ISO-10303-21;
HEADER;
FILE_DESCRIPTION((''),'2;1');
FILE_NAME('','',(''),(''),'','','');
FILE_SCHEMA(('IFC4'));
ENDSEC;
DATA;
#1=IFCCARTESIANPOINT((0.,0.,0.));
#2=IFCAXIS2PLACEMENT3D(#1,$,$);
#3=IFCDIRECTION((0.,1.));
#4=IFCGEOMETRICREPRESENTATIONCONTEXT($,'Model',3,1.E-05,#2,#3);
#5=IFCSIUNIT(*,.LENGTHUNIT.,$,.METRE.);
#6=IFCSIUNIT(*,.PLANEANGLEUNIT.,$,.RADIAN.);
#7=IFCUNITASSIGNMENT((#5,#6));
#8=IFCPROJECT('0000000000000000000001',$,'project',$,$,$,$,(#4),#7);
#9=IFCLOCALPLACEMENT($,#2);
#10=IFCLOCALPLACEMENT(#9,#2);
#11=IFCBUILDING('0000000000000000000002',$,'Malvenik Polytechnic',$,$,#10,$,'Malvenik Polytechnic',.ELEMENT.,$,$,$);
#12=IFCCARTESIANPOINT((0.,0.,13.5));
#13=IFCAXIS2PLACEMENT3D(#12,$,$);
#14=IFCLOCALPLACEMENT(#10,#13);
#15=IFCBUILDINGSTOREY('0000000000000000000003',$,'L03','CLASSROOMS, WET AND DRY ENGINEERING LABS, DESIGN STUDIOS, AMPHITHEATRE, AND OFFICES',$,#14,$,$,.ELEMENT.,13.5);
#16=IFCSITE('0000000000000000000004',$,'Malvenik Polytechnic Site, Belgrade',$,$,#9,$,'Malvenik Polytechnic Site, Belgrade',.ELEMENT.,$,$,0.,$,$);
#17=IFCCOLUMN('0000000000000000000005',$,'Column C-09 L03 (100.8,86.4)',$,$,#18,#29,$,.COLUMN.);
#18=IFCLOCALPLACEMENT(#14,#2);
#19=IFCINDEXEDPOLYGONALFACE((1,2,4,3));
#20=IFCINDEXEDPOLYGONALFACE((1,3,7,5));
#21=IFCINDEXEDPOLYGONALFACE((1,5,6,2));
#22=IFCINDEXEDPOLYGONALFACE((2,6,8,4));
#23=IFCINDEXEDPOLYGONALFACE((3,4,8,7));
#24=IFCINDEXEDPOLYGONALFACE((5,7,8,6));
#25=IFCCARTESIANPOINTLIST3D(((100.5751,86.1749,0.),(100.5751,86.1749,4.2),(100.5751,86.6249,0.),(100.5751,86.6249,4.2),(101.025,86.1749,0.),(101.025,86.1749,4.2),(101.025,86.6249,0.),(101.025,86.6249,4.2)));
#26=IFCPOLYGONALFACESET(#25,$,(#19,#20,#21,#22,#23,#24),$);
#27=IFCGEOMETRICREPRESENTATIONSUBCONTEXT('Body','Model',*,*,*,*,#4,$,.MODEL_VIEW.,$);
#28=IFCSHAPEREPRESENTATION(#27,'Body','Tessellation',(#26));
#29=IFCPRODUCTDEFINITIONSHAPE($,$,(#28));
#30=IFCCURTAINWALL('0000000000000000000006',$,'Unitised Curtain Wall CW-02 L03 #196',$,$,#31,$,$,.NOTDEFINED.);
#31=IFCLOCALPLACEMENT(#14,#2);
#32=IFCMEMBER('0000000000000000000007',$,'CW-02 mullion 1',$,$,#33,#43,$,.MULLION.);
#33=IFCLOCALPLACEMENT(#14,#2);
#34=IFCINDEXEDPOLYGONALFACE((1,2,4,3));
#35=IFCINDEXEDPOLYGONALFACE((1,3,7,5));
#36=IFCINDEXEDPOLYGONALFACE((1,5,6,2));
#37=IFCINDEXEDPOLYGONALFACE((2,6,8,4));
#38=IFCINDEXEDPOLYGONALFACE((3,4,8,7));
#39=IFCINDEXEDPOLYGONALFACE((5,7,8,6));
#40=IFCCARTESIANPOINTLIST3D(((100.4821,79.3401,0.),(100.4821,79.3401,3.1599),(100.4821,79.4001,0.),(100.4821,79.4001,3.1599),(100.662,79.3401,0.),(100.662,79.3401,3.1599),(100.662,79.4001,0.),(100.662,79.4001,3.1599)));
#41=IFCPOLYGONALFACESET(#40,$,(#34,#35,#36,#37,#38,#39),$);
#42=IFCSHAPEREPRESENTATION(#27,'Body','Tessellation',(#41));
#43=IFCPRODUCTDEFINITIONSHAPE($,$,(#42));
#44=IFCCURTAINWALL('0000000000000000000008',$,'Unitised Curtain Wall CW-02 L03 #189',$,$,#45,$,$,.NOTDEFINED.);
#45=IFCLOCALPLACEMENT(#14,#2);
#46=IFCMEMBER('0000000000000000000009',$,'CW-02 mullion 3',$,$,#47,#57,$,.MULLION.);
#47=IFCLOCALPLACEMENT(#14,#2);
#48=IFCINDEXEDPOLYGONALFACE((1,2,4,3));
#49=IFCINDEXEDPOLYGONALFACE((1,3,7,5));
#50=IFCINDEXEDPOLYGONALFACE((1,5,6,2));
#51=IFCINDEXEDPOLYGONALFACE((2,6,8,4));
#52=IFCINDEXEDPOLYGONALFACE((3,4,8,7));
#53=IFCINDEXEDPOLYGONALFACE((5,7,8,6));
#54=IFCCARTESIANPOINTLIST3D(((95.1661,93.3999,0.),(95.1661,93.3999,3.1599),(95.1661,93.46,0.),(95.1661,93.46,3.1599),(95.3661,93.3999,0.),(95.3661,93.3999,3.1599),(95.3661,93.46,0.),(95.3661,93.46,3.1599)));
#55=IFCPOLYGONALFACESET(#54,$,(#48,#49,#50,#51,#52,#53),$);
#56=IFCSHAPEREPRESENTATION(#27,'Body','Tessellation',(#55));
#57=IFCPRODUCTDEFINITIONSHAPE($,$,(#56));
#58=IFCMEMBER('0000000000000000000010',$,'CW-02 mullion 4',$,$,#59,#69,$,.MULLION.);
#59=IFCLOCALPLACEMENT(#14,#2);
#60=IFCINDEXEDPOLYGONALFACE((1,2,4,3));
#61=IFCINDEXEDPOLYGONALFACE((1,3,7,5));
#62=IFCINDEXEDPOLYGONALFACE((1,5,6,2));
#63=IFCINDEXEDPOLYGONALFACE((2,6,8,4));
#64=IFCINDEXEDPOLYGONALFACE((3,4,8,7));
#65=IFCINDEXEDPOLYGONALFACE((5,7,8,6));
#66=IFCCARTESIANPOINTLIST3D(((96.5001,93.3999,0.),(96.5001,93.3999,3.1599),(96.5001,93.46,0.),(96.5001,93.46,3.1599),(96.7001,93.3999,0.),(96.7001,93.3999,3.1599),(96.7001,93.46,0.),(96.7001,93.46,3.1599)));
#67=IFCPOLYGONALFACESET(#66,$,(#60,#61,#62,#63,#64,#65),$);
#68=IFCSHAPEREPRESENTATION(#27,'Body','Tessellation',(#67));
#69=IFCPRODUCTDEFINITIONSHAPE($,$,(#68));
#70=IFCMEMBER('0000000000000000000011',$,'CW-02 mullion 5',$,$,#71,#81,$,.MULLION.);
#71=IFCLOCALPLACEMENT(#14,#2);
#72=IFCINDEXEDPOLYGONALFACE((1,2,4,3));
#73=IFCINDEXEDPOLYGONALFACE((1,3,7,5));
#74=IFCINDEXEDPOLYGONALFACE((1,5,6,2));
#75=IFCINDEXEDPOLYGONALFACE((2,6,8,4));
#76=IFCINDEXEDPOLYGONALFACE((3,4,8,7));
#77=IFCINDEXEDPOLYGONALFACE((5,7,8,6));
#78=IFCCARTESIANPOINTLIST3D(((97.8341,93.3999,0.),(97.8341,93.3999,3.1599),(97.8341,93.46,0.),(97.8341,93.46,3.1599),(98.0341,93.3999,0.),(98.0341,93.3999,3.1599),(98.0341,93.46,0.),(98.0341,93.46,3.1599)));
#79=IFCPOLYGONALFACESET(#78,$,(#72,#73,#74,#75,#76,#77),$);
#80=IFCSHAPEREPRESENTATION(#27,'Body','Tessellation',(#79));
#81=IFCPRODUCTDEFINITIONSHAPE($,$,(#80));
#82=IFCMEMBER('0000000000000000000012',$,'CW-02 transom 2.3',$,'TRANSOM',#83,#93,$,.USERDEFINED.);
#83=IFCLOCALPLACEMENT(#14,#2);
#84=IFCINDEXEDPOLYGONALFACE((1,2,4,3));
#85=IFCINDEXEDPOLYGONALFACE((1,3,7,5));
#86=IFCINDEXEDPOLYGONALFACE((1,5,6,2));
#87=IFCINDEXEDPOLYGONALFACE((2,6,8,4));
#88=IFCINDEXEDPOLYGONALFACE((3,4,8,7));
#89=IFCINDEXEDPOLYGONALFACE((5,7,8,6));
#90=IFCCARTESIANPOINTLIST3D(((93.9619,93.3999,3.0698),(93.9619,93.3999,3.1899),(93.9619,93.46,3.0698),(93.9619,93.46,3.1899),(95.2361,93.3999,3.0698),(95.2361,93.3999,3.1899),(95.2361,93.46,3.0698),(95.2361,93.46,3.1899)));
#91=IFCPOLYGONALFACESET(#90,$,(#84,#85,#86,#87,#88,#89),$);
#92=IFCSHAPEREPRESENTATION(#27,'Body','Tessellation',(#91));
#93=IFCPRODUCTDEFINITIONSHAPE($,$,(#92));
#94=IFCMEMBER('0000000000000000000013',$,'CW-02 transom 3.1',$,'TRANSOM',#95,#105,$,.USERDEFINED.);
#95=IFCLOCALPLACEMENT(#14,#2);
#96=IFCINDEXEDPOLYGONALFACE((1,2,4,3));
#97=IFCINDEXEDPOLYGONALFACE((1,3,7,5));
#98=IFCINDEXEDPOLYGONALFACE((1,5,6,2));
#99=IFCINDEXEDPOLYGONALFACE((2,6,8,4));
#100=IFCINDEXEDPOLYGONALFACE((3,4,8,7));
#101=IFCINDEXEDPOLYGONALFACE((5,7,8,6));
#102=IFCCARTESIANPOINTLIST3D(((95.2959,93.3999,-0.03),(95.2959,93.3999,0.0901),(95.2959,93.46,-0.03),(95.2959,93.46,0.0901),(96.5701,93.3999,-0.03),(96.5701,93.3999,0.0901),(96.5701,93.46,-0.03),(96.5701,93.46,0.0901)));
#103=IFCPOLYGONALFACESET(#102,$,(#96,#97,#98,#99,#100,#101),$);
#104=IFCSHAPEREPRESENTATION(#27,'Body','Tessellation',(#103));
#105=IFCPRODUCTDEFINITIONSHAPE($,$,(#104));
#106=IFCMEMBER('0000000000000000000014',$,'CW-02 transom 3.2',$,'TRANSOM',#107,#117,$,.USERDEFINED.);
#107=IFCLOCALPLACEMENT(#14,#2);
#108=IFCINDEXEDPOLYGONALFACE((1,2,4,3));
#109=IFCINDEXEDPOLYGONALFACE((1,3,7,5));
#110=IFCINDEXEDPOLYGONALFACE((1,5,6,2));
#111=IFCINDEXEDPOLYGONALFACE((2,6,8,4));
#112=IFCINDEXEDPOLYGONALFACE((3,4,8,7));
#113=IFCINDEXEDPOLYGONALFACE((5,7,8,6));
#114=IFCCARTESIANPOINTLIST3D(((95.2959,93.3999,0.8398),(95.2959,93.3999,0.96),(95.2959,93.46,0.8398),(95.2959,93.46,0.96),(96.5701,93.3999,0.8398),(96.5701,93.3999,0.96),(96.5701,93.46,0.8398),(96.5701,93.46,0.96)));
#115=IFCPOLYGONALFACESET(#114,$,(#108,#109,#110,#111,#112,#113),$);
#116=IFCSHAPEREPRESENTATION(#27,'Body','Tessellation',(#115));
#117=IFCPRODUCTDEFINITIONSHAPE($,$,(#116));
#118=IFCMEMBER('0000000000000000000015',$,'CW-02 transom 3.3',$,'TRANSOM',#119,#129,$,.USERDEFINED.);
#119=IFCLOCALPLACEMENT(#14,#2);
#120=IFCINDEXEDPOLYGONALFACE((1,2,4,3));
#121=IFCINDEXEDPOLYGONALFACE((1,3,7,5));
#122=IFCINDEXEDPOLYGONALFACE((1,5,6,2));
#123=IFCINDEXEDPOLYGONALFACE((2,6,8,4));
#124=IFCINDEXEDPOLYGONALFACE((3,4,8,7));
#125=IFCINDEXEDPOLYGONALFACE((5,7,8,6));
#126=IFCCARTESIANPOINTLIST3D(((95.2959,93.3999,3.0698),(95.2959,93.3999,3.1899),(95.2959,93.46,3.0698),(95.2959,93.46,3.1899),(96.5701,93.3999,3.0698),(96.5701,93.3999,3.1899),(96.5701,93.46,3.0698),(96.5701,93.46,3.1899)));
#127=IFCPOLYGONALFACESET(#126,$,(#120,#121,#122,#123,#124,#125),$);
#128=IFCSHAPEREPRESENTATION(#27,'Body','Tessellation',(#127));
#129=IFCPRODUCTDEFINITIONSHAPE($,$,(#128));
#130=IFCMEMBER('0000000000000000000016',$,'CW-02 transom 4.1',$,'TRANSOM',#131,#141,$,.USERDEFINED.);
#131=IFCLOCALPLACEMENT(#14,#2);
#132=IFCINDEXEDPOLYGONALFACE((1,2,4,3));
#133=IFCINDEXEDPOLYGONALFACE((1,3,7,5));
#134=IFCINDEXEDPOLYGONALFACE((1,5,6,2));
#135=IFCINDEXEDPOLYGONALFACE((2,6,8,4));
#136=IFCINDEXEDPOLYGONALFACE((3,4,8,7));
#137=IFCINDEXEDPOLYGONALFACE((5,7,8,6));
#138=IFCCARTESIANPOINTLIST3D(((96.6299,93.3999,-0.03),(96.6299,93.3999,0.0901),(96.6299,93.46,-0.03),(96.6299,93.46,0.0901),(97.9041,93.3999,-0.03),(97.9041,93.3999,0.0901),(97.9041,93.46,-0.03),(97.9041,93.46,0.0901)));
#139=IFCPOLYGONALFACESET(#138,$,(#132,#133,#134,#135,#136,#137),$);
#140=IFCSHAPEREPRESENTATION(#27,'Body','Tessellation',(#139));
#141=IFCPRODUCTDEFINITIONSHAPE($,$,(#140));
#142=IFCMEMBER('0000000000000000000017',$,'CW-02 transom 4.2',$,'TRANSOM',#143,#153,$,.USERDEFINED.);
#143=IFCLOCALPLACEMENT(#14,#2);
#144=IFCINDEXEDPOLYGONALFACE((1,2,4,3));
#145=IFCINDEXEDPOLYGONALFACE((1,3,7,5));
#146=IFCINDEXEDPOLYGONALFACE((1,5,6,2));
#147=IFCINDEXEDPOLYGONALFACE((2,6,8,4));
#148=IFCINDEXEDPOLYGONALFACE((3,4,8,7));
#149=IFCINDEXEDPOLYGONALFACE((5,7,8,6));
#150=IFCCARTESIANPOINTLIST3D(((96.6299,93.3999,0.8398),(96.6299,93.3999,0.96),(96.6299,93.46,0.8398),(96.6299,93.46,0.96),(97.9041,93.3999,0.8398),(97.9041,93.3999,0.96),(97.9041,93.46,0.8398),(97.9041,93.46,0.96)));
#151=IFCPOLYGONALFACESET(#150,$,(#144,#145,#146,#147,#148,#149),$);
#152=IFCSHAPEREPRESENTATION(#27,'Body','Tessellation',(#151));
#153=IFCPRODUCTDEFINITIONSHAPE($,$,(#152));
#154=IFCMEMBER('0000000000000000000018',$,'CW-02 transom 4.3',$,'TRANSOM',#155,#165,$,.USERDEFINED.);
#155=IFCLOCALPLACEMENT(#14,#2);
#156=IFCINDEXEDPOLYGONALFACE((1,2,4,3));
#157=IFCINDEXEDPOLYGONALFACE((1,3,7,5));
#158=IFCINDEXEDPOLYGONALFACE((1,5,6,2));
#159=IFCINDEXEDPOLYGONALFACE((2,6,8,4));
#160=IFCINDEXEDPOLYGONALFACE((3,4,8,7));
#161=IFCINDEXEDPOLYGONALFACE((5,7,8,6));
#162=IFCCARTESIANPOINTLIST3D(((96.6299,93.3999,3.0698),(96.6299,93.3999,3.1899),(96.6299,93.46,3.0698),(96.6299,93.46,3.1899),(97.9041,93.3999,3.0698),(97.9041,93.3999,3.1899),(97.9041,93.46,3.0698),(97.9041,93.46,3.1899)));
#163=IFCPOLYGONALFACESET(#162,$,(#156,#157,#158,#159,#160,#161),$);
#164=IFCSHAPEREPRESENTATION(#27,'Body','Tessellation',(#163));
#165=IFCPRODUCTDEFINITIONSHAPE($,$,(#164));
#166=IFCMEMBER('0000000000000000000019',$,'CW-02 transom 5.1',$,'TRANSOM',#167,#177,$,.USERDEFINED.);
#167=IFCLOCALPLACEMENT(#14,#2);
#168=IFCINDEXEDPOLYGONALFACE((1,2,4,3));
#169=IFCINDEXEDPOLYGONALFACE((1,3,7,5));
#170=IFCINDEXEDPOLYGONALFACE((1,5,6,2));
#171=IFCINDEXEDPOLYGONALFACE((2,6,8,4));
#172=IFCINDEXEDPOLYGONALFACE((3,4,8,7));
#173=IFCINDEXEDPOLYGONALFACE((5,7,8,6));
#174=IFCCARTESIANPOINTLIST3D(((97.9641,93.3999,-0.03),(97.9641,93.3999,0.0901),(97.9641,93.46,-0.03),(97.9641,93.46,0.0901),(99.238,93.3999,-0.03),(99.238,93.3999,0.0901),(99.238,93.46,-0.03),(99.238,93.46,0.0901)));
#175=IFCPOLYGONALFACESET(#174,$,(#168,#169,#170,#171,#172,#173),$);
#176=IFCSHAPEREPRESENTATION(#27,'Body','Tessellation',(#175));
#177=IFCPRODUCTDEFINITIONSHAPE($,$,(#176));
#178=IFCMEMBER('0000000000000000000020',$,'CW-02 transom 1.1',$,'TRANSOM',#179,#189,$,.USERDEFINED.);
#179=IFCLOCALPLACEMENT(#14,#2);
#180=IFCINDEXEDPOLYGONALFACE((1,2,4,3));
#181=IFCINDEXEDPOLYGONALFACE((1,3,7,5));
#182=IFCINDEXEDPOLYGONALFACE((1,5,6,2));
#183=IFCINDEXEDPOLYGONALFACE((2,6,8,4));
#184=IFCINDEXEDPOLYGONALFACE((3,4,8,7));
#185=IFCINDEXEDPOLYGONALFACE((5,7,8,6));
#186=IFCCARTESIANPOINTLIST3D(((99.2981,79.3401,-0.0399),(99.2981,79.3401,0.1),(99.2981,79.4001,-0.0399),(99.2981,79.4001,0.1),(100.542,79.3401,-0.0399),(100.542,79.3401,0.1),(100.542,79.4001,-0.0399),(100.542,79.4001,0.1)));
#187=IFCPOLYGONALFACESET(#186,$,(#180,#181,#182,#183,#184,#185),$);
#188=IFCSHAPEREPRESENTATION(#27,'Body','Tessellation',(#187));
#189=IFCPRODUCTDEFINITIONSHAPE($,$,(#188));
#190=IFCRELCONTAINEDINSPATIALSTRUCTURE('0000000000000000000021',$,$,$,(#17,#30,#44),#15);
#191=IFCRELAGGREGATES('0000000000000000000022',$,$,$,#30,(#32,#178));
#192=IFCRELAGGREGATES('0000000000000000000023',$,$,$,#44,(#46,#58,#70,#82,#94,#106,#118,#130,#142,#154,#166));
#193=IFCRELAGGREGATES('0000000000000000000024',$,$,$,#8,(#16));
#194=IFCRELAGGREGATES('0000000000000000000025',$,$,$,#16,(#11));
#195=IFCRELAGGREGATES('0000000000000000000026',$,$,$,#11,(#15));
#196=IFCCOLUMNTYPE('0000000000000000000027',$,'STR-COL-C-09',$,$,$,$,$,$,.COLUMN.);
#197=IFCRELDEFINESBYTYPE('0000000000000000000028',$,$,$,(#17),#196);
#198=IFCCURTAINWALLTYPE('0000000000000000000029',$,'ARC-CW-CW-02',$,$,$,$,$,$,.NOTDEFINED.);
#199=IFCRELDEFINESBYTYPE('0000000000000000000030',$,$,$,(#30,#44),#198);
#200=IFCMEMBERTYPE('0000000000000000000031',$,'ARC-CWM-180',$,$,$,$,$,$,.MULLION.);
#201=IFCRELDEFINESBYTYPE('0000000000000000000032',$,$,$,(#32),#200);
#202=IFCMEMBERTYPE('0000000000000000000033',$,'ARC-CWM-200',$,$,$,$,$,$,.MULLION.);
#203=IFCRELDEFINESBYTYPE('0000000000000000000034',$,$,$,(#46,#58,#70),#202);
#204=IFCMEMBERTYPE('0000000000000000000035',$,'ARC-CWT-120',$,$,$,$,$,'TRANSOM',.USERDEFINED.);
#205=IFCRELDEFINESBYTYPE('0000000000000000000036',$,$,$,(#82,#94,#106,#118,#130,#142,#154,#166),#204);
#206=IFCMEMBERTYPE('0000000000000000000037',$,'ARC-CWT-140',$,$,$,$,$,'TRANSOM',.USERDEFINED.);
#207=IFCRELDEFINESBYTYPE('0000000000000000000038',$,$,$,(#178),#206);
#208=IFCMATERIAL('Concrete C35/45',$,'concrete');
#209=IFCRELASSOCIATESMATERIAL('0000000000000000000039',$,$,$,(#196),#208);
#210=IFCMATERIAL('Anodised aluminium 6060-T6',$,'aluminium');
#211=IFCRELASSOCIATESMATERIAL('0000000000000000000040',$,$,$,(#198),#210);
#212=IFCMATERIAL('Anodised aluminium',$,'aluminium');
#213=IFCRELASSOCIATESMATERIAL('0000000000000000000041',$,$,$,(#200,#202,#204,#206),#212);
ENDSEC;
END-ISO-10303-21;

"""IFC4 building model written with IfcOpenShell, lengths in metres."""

from ifc_helpers import new_model, si_unit, direction, frame, origin, origin_2d, place, context, subcontext, project, spatial, rectangle, extrude, material, material_profile, profile_set, type_object, element, aggregate, save


model = new_model("IFC4")

# Units and contexts
model_context = context("Model", 3, precision=1e-05, world=origin(), true_north=direction((0.0, 1.0)))
body_context = subcontext(model_context, "Body", "Model", "MODEL_VIEW")
ifc_project = project(units=[si_unit("LENGTHUNIT", "METRE"), si_unit("PLANEANGLEUNIT", "RADIAN")], contexts=[model_context])

# Site, building, storey
site_placement = place(None, origin())
site = spatial("IfcSite", under=ifc_project, at=site_placement, Name="Malvenik Polytechnic Site, Belgrade", LongName="Malvenik Polytechnic Site, Belgrade", CompositionType="ELEMENT", RefElevation=0.0)
building_placement = place(site_placement, origin())
building = spatial("IfcBuilding", under=site, at=building_placement, Name="Malvenik Polytechnic", LongName="Malvenik Polytechnic", CompositionType="ELEMENT")
storey_placement = place(building_placement, frame((0.0, 0.0, 13.5)))
storey = spatial("IfcBuildingStorey", under=building, at=storey_placement, Name="L03", Description="CLASSROOMS, WET AND DRY ENGINEERING LABS, DESIGN STUDIOS, AMPHITHEATRE, AND OFFICES", CompositionType="ELEMENT", Elevation=13.5)

# Column
ifc_material_1 = material(Name="Concrete C35/45", Category="concrete")
ifc_material_profile_1 = material_profile(ifc_material_1, rectangle(XDim=0.45, YDim=0.45, at=origin_2d()), Name="RC COL 450x450")
ifc_profile_set_1 = profile_set([ifc_material_profile_1], Name="Concrete C35/45")
column_type = type_object("IfcColumnType", Name="STR-COL-C-09", PredefinedType="COLUMN", material=ifc_profile_set_1)
column_placement = place(storey_placement, frame((100.8, 86.3999, 0.0), z_axis=(0.0, 0.0, 1.0), x_axis=(1.0, 0.0, 0.0)))
element("IfcColumn", 1, at=column_placement, inside=storey, type_object=column_type, Name="Column C-09 L03 (100.8,86.4)", PredefinedType="COLUMN", context=body_context, shape_type="SweptSolid", body=[
    extrude(rectangle(XDim=0.45, YDim=0.45, at=origin_2d()), origin(), (0.0, 0.0, 1.0), 4.2),
])

# Curtain wall, member
ifc_material_2 = material(Name="Anodised aluminium 6060-T6", Category="aluminium")
curtain_wall_type = type_object("IfcCurtainWallType", Name="ARC-CW-CW-02", PredefinedType="NOTDEFINED", material=ifc_material_2)
curtain_wall_1_placement = place(storey_placement, origin())
curtain_wall_1 = element("IfcCurtainWall", 2, at=curtain_wall_1_placement, inside=storey, type_object=curtain_wall_type, Name="Unitised Curtain Wall CW-02 L03 #196", PredefinedType="NOTDEFINED")
ifc_material_3 = material(Name="Anodised aluminium", Category="aluminium")
ifc_material_profile_2 = material_profile(ifc_material_3, rectangle(XDim=0.0601, YDim=0.1799, at=origin_2d()), Name="ALU MULLION 60x180")
ifc_profile_set_2 = profile_set([ifc_material_profile_2], Name="Anodised aluminium")
member_type_1 = type_object("IfcMemberType", Name="ARC-CWM-180", PredefinedType="MULLION", material=ifc_profile_set_2)
member_1_placement = place(storey_placement, frame((100.572, 79.3701, 0.0), z_axis=(0.0, 0.0, 1.0), x_axis=(0.0, -1.0, 0.0)))
member_1 = element("IfcMember", 3, at=member_1_placement, type_object=member_type_1, Name="CW-02 mullion 1", PredefinedType="MULLION", context=body_context, shape_type="SweptSolid", body=[
    extrude(rectangle(XDim=0.0601, YDim=0.1799, at=origin_2d()), origin(), (0.0, 0.0, 1.0), 3.1599),
])

# Curtain wall, members
curtain_wall_2_placement = place(storey_placement, origin())
curtain_wall_2 = element("IfcCurtainWall", 4, at=curtain_wall_2_placement, inside=storey, type_object=curtain_wall_type, Name="Unitised Curtain Wall CW-02 L03 #189", PredefinedType="NOTDEFINED")
ifc_material_profile_3 = material_profile(ifc_material_3, rectangle(XDim=0.0601, YDim=0.2, at=origin_2d()), Name="ALU MULLION 60x200")
ifc_profile_set_3 = profile_set([ifc_material_profile_3], Name="Anodised aluminium")
member_type_2 = type_object("IfcMemberType", Name="ARC-CWM-200", PredefinedType="MULLION", material=ifc_profile_set_3)
member_2_placement = place(storey_placement, frame((95.2661, 93.4299, 0.0), z_axis=(0.0, 0.0, 1.0), x_axis=(0.0, 1.0, 0.0)))
member_2 = element("IfcMember", 5, at=member_2_placement, type_object=member_type_2, Name="CW-02 mullion 3", PredefinedType="MULLION", context=body_context, shape_type="SweptSolid", body=[
    extrude(rectangle(XDim=0.0601, YDim=0.2, at=origin_2d()), origin(), (0.0, 0.0, 1.0), 3.1599),
])
member_3_placement = place(storey_placement, frame((96.6001, 93.4299, 0.0), z_axis=(0.0, 0.0, 1.0), x_axis=(0.0, 1.0, 0.0)))
member_3 = element("IfcMember", 6, at=member_3_placement, type_object=member_type_2, Name="CW-02 mullion 4", PredefinedType="MULLION", context=body_context, shape_type="SweptSolid", body=[
    extrude(rectangle(XDim=0.0601, YDim=0.2, at=origin_2d()), origin(), (0.0, 0.0, 1.0), 3.1599),
])
member_4_placement = place(storey_placement, frame((97.9341, 93.4299, 0.0), z_axis=(0.0, 0.0, 1.0), x_axis=(0.0, 1.0, 0.0)))
member_4 = element("IfcMember", 7, at=member_4_placement, type_object=member_type_2, Name="CW-02 mullion 5", PredefinedType="MULLION", context=body_context, shape_type="SweptSolid", body=[
    extrude(rectangle(XDim=0.0601, YDim=0.2, at=origin_2d()), origin(), (0.0, 0.0, 1.0), 3.1599),
])
ifc_material_profile_4 = material_profile(ifc_material_3, rectangle(XDim=0.0601, YDim=0.1201, at=origin_2d()), Name="ALU TRANSOM 60x120")
ifc_profile_set_4 = profile_set([ifc_material_profile_4], Name="Anodised aluminium")
member_type_3 = type_object("IfcMemberType", Name="ARC-CWT-120", ElementType="TRANSOM", PredefinedType="USERDEFINED", material=ifc_profile_set_4)
member_5_placement = place(storey_placement, frame((93.9619, 93.4299, 3.1299), z_axis=(1.0, 0.0, 0.0), x_axis=(0.0, 1.0, 0.0)))
member_5 = element("IfcMember", 8, at=member_5_placement, type_object=member_type_3, Name="CW-02 transom 2.3", ObjectType="TRANSOM", PredefinedType="USERDEFINED", context=body_context, shape_type="SweptSolid", body=[
    extrude(rectangle(XDim=0.0601, YDim=0.1201, at=origin_2d()), origin(), (0.0, 0.0, 1.0), 1.2742),
])
member_6_placement = place(storey_placement, frame((95.2959, 93.4299, 0.03), z_axis=(1.0, 0.0, 0.0), x_axis=(0.0, 1.0, 0.0)))
member_6 = element("IfcMember", 9, at=member_6_placement, type_object=member_type_3, Name="CW-02 transom 3.1", ObjectType="TRANSOM", PredefinedType="USERDEFINED", context=body_context, shape_type="SweptSolid", body=[
    extrude(rectangle(XDim=0.0601, YDim=0.1201, at=origin_2d()), origin(), (0.0, 0.0, 1.0), 1.2742),
])
member_7_placement = place(storey_placement, frame((95.2959, 93.4299, 0.8999), z_axis=(1.0, 0.0, 0.0), x_axis=(0.0, 1.0, 0.0)))
member_7 = element("IfcMember", 10, at=member_7_placement, type_object=member_type_3, Name="CW-02 transom 3.2", ObjectType="TRANSOM", PredefinedType="USERDEFINED", context=body_context, shape_type="SweptSolid", body=[
    extrude(rectangle(XDim=0.0601, YDim=0.1201, at=origin_2d()), origin(), (0.0, 0.0, 1.0), 1.2742),
])
member_8_placement = place(storey_placement, frame((95.2959, 93.4299, 3.1299), z_axis=(1.0, 0.0, 0.0), x_axis=(0.0, 1.0, 0.0)))
member_8 = element("IfcMember", 11, at=member_8_placement, type_object=member_type_3, Name="CW-02 transom 3.3", ObjectType="TRANSOM", PredefinedType="USERDEFINED", context=body_context, shape_type="SweptSolid", body=[
    extrude(rectangle(XDim=0.0601, YDim=0.1201, at=origin_2d()), origin(), (0.0, 0.0, 1.0), 1.2742),
])
member_9_placement = place(storey_placement, frame((96.6299, 93.4299, 0.03), z_axis=(1.0, 0.0, 0.0), x_axis=(0.0, 1.0, 0.0)))
member_9 = element("IfcMember", 12, at=member_9_placement, type_object=member_type_3, Name="CW-02 transom 4.1", ObjectType="TRANSOM", PredefinedType="USERDEFINED", context=body_context, shape_type="SweptSolid", body=[
    extrude(rectangle(XDim=0.0601, YDim=0.1201, at=origin_2d()), origin(), (0.0, 0.0, 1.0), 1.2742),
])
member_10_placement = place(storey_placement, frame((96.6299, 93.4299, 0.8999), z_axis=(1.0, 0.0, 0.0), x_axis=(0.0, 1.0, 0.0)))
member_10 = element("IfcMember", 13, at=member_10_placement, type_object=member_type_3, Name="CW-02 transom 4.2", ObjectType="TRANSOM", PredefinedType="USERDEFINED", context=body_context, shape_type="SweptSolid", body=[
    extrude(rectangle(XDim=0.0601, YDim=0.1201, at=origin_2d()), origin(), (0.0, 0.0, 1.0), 1.2742),
])
member_11_placement = place(storey_placement, frame((96.6299, 93.4299, 3.1299), z_axis=(1.0, 0.0, 0.0), x_axis=(0.0, 1.0, 0.0)))
member_11 = element("IfcMember", 14, at=member_11_placement, type_object=member_type_3, Name="CW-02 transom 4.3", ObjectType="TRANSOM", PredefinedType="USERDEFINED", context=body_context, shape_type="SweptSolid", body=[
    extrude(rectangle(XDim=0.0601, YDim=0.1201, at=origin_2d()), origin(), (0.0, 0.0, 1.0), 1.2742),
])
member_12_placement = place(storey_placement, frame((97.9641, 93.4299, 0.03), z_axis=(1.0, 0.0, 0.0), x_axis=(0.0, 1.0, 0.0)))
member_12 = element("IfcMember", 15, at=member_12_placement, type_object=member_type_3, Name="CW-02 transom 5.1", ObjectType="TRANSOM", PredefinedType="USERDEFINED", context=body_context, shape_type="SweptSolid", body=[
    extrude(rectangle(XDim=0.0601, YDim=0.1201, at=origin_2d()), origin(), (0.0, 0.0, 1.0), 1.2739),
])

# Member
ifc_material_profile_5 = material_profile(ifc_material_3, rectangle(XDim=0.0601, YDim=0.1399, at=origin_2d()), Name="ALU TRANSOM 60x140")
ifc_profile_set_5 = profile_set([ifc_material_profile_5], Name="Anodised aluminium")
member_type_4 = type_object("IfcMemberType", Name="ARC-CWT-140", ElementType="TRANSOM", PredefinedType="USERDEFINED", material=ifc_profile_set_5)
member_13_placement = place(storey_placement, frame((100.542, 79.3701, 0.03), z_axis=(-1.0, 0.0, 0.0), x_axis=(0.0, -1.0, 0.0)))
member_13 = element("IfcMember", 16, at=member_13_placement, type_object=member_type_4, Name="CW-02 transom 1.1", ObjectType="TRANSOM", PredefinedType="USERDEFINED", context=body_context, shape_type="SweptSolid", body=[
    extrude(rectangle(XDim=0.0601, YDim=0.1399, at=origin_2d()), origin(), (0.0, 0.0, 1.0), 1.2439),
])
aggregate(curtain_wall_1, [member_1, member_13])

aggregate(curtain_wall_2, [member_2, member_3, member_4, member_5, member_6, member_7, member_8, member_9, member_10, member_11, member_12])

save(model, "model.ifc")
